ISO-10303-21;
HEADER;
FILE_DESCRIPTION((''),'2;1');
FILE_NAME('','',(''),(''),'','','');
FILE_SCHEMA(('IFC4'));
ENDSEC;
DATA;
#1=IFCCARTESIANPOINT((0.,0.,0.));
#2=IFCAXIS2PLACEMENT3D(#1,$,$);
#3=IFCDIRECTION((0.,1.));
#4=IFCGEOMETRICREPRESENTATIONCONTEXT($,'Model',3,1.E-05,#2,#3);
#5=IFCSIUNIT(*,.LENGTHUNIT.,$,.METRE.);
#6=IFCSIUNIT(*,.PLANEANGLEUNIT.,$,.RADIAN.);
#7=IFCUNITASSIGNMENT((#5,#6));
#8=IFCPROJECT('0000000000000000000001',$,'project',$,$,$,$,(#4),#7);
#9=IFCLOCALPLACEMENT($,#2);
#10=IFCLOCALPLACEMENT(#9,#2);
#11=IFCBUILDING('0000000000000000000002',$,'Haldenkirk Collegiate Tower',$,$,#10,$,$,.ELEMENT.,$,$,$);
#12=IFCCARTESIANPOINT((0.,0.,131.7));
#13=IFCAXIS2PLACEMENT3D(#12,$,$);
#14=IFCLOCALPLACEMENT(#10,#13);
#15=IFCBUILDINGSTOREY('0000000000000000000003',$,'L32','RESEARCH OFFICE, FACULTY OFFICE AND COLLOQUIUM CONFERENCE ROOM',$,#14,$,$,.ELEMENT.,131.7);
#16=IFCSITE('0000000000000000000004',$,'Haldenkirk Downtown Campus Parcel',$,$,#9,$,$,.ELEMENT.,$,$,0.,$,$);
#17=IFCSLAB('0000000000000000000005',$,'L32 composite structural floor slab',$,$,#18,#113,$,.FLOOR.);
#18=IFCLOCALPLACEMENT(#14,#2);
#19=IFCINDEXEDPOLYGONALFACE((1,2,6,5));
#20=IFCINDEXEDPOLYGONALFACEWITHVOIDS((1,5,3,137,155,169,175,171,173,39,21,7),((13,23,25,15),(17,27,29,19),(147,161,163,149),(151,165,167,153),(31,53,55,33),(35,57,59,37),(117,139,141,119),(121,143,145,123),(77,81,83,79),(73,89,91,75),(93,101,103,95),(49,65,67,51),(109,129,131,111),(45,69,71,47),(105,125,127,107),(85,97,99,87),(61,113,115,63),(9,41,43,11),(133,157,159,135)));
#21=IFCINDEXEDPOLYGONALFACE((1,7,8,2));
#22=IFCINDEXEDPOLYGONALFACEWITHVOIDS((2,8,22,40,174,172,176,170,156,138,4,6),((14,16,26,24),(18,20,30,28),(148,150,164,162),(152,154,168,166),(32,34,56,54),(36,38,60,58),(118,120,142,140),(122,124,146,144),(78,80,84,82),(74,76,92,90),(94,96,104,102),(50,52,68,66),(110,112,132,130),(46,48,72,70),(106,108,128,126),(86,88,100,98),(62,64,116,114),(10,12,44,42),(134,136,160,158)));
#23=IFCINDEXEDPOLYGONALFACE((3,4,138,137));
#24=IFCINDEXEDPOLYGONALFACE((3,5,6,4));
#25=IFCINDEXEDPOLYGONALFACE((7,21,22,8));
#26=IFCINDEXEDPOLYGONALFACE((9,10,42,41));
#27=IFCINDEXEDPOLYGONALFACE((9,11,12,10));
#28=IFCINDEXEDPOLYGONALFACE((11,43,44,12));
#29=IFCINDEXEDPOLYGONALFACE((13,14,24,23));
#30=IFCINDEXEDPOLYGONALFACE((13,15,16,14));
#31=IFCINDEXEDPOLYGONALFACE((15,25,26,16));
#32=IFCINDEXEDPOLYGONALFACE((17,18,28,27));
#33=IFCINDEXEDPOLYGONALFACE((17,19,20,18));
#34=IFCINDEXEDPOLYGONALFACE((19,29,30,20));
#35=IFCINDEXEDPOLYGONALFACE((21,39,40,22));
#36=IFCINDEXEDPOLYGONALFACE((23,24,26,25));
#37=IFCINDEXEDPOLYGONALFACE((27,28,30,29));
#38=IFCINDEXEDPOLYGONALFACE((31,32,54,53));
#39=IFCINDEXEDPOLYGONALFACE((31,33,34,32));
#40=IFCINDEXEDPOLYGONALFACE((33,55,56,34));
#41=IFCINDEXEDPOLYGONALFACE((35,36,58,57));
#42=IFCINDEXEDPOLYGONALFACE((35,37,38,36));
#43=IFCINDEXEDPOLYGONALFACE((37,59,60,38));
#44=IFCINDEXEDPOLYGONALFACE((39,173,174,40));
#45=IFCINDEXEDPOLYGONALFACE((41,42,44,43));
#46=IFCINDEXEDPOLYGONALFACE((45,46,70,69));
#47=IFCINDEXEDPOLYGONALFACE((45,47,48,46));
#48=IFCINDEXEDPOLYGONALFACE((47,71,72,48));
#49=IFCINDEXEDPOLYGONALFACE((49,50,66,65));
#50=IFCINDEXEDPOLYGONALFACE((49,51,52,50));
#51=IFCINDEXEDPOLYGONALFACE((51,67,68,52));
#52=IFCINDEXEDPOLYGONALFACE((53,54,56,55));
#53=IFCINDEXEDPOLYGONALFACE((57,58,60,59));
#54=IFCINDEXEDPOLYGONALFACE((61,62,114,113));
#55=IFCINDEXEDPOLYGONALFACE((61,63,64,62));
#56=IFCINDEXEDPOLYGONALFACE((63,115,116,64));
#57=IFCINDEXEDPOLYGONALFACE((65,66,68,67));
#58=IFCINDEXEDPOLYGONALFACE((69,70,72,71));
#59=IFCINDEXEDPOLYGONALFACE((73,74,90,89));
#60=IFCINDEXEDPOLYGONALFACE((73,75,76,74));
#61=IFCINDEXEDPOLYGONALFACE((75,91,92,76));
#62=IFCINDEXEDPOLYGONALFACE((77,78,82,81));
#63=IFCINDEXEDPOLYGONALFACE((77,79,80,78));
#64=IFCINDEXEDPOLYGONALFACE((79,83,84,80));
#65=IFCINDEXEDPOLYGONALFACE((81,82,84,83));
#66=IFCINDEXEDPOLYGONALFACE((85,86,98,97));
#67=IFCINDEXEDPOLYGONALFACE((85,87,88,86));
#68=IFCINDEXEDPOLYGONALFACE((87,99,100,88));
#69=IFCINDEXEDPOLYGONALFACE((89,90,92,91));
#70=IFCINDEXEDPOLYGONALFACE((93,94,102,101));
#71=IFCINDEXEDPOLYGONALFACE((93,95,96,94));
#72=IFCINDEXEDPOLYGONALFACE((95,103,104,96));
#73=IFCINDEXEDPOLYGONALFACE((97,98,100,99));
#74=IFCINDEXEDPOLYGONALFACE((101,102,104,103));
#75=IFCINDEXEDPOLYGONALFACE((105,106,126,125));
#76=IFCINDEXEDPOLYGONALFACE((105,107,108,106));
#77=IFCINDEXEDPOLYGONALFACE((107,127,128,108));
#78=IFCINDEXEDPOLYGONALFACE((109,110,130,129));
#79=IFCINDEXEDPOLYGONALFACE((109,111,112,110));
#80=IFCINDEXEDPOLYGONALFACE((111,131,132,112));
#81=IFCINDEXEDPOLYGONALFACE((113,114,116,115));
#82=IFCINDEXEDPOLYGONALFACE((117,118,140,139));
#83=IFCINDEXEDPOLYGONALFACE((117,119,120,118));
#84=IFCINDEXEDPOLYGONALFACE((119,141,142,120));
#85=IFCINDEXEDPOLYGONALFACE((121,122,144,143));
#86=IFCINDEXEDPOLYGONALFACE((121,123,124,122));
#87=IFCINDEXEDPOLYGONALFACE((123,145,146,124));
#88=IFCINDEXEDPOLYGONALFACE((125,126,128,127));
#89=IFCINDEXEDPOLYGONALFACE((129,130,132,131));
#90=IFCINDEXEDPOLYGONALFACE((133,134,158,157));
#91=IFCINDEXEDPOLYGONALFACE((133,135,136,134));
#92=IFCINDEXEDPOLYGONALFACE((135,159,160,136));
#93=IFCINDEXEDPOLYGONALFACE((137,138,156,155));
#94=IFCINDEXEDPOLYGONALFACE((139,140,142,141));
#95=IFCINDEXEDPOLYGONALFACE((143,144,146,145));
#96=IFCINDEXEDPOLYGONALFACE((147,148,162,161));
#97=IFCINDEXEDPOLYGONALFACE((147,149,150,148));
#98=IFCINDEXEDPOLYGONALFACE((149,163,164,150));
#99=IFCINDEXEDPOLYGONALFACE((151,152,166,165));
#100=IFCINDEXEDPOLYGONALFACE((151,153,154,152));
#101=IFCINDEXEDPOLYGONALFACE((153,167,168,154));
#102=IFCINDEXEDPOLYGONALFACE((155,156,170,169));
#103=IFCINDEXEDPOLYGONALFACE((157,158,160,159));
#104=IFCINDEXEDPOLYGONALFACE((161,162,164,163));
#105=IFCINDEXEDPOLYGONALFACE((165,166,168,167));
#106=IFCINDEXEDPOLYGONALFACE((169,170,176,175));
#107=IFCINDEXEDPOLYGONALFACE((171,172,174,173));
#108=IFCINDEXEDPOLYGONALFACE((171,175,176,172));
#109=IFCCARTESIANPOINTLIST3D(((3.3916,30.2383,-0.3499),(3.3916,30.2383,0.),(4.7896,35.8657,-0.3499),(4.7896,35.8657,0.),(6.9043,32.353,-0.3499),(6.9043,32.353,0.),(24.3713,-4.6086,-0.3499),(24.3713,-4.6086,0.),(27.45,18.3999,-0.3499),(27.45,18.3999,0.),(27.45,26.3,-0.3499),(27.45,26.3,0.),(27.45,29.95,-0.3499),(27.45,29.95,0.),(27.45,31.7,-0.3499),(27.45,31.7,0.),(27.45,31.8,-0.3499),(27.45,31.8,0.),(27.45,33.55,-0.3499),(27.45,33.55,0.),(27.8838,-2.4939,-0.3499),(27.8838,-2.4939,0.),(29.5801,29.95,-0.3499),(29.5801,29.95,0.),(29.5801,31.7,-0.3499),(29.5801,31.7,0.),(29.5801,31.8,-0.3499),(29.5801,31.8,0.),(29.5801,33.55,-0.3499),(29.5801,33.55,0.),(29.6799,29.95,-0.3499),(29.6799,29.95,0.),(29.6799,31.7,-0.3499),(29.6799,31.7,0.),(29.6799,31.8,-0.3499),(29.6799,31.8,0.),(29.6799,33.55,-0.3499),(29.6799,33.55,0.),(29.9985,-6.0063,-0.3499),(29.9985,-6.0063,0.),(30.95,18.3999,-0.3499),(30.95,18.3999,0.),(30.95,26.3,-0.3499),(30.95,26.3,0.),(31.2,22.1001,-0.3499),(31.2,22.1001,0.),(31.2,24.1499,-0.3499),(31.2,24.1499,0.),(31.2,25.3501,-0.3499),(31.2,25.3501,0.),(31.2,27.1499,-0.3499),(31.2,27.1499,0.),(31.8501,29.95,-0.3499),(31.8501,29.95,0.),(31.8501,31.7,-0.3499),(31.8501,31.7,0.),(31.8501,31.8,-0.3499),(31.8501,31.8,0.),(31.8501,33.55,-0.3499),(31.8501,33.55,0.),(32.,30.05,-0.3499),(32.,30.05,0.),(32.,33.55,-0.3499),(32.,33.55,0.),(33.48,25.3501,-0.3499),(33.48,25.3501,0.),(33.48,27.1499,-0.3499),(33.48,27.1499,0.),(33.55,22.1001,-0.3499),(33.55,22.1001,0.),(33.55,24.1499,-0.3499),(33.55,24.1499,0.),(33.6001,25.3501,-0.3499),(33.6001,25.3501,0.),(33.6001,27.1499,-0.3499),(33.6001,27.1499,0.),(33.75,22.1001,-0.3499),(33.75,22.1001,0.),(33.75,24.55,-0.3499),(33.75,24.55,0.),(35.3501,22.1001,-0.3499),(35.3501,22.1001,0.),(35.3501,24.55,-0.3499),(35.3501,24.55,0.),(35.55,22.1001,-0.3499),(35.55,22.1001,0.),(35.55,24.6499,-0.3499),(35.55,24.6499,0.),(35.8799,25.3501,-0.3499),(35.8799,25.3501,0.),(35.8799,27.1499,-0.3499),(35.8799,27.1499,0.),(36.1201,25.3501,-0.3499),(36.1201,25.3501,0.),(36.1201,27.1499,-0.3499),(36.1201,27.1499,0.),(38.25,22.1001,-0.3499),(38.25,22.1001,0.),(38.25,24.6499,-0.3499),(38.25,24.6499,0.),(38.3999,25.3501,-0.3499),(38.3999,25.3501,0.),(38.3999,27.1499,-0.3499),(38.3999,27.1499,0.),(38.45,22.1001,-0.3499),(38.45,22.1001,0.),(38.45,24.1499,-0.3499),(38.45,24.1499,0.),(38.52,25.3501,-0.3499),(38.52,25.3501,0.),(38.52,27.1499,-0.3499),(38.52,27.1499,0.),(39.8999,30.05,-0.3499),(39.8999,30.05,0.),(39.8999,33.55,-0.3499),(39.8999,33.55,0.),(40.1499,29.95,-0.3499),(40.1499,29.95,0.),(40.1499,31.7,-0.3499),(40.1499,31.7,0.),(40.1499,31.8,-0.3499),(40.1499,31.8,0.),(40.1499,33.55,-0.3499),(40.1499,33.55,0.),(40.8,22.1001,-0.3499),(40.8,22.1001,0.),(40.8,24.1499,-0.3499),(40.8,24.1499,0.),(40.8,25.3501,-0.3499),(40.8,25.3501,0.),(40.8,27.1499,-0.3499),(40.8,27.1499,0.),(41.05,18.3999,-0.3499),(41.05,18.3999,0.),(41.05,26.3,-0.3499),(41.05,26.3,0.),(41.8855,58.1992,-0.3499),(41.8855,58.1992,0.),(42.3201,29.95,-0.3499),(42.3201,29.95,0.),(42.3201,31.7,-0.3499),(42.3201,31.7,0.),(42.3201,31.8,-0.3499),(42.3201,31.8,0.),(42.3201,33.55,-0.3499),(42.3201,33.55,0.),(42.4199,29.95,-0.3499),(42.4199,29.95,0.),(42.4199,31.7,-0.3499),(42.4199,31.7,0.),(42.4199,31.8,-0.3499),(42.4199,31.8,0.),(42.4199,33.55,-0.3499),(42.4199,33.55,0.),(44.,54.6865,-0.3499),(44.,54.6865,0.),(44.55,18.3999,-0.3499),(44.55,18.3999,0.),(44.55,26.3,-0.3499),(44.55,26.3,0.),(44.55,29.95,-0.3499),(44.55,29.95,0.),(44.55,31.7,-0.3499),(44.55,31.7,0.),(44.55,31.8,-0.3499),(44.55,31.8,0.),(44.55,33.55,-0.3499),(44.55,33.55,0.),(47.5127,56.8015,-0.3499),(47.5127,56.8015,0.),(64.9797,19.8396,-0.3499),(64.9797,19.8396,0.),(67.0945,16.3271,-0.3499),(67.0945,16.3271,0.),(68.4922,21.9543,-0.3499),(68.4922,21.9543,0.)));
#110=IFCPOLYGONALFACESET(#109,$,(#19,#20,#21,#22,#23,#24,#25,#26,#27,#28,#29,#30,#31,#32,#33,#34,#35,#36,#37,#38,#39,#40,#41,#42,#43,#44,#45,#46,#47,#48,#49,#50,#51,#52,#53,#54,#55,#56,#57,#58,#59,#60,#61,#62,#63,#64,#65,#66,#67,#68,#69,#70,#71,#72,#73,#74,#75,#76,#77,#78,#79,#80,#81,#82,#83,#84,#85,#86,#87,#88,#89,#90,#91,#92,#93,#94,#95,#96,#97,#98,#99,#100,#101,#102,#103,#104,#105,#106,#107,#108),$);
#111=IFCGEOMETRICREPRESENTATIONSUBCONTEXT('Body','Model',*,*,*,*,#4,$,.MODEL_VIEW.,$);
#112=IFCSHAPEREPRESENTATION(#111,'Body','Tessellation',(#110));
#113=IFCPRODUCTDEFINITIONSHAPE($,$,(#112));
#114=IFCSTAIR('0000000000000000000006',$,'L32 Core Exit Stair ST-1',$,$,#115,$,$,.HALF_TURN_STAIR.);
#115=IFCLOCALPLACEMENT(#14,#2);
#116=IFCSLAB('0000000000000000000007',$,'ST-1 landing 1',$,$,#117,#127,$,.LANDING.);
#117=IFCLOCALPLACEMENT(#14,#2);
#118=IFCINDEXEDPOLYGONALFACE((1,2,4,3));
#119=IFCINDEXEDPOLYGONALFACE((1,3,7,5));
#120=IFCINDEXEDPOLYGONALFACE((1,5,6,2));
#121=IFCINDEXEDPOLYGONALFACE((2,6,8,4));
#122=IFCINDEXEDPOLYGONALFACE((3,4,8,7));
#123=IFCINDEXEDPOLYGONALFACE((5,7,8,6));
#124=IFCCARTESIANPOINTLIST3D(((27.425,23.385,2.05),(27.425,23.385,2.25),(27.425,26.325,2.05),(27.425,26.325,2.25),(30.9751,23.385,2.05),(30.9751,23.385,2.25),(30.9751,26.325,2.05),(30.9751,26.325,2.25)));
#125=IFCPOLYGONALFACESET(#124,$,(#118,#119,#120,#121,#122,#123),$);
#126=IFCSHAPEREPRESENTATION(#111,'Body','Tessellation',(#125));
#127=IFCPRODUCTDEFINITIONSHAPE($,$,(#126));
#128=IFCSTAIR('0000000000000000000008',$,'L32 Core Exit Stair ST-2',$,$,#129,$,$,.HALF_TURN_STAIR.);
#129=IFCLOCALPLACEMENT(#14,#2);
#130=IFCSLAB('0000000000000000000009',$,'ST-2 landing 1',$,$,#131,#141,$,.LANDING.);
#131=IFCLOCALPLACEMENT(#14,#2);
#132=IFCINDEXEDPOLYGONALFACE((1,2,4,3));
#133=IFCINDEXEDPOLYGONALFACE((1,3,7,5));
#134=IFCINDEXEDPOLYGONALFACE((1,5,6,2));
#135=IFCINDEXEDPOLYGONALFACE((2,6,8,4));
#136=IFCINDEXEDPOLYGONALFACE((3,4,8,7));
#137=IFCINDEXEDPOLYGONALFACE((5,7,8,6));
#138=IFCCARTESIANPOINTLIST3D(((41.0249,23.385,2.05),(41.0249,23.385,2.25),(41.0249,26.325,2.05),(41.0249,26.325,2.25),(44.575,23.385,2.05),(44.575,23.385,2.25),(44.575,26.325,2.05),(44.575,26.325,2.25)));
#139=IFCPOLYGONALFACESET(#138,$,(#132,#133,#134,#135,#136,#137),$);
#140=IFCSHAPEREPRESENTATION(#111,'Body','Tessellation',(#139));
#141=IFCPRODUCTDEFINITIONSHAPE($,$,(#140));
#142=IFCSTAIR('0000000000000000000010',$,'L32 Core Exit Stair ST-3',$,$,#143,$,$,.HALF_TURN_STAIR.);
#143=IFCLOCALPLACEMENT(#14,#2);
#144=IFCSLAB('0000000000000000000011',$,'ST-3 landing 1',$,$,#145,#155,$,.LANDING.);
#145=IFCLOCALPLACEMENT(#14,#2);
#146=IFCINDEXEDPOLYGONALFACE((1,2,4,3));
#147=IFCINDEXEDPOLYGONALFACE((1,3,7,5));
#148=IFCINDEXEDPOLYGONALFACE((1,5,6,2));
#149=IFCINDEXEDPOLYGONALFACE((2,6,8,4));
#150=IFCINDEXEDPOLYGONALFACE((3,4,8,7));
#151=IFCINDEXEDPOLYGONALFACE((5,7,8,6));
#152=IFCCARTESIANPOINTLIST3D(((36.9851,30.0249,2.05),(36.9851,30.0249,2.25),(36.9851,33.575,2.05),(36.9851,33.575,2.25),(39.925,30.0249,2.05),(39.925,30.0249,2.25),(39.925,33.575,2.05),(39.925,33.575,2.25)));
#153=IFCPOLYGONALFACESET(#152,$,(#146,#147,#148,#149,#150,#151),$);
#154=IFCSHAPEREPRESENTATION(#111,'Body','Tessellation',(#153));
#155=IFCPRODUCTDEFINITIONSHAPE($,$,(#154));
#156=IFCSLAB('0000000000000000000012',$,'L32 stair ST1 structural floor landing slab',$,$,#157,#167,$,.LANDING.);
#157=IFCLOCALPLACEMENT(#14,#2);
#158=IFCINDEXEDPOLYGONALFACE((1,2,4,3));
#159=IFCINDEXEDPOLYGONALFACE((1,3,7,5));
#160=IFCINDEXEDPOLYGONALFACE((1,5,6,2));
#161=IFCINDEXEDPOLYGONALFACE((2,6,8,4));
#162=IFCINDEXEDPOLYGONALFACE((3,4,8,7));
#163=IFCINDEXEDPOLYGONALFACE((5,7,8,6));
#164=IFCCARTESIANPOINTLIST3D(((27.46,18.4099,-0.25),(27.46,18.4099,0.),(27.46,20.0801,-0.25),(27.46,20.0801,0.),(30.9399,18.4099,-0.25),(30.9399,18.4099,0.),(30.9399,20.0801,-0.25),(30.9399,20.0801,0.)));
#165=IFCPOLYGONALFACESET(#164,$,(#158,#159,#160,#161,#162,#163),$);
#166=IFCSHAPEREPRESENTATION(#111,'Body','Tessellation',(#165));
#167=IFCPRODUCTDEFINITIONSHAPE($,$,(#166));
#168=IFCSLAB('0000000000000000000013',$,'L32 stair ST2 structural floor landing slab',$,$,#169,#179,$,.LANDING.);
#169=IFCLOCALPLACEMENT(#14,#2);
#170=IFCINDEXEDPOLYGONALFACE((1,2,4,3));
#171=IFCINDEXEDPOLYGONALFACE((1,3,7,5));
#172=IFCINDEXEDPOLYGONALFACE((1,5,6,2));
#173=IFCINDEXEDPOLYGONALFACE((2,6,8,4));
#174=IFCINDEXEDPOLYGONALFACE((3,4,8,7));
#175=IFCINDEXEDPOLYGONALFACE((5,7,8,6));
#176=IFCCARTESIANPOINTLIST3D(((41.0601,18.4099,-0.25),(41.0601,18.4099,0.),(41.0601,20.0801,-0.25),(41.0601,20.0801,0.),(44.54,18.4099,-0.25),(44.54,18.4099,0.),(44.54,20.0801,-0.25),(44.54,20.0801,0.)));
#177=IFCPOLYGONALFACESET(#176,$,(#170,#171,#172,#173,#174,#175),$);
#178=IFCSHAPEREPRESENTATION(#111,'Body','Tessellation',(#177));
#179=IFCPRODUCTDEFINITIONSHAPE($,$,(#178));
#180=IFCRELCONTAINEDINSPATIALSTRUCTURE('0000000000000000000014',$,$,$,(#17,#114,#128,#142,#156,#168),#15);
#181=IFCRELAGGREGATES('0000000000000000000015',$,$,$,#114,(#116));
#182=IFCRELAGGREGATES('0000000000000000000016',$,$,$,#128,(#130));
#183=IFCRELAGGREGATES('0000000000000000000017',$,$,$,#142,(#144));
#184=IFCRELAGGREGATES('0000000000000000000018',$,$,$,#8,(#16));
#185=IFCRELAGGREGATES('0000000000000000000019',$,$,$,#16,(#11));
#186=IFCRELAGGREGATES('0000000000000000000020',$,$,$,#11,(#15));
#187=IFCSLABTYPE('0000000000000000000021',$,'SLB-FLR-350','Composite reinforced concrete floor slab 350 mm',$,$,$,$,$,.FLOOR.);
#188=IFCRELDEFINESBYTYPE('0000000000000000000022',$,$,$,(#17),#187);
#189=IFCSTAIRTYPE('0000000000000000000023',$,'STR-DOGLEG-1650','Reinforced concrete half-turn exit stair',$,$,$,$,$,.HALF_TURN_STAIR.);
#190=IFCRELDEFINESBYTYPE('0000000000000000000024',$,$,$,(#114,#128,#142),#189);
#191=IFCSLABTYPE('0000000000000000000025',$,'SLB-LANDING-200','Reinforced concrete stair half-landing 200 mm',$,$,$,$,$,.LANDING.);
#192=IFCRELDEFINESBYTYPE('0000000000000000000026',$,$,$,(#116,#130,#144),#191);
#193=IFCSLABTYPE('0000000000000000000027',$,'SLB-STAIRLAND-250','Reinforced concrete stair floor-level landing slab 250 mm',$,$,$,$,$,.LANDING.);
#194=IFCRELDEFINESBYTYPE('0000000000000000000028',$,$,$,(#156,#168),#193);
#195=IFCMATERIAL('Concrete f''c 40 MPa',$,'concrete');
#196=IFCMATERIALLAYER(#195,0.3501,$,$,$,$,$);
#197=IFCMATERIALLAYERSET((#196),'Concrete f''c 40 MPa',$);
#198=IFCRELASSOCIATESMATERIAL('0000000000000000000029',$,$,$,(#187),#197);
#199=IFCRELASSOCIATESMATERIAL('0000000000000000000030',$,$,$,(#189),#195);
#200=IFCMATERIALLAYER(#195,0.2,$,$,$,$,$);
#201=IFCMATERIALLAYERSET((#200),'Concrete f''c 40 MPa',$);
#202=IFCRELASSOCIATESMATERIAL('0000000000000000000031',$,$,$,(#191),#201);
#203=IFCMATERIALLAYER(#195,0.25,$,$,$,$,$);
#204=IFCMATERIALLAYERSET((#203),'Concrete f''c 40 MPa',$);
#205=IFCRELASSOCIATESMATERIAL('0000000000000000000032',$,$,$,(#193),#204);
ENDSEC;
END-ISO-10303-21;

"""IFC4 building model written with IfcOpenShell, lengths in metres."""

from ifc_helpers import new_model, si_unit, direction, frame, origin, place, context, subcontext, project, spatial, polyline, outline, extrude, material, layer, layer_set, type_object, element, aggregate, save


model = new_model("IFC4")

# Units and contexts
model_context = context("Model", 3, precision=1e-05, world=origin(), true_north=direction((0.0, 1.0)))
body_context = subcontext(model_context, "Body", "Model", "MODEL_VIEW")
ifc_project = project(units=[si_unit("LENGTHUNIT", "METRE"), si_unit("PLANEANGLEUNIT", "RADIAN")], contexts=[model_context])

# Site, building, storey
site_placement = place(None, origin())
site = spatial("IfcSite", under=ifc_project, at=site_placement, Name="Haldenkirk Downtown Campus Parcel", CompositionType="ELEMENT", RefElevation=0.0)
building_placement = place(site_placement, origin())
building = spatial("IfcBuilding", under=site, at=building_placement, Name="Haldenkirk Collegiate Tower", CompositionType="ELEMENT")
storey_placement = place(building_placement, frame((0.0, 0.0, 131.7)))
storey = spatial("IfcBuildingStorey", under=building, at=storey_placement, Name="L32", Description="RESEARCH OFFICE, FACULTY OFFICE AND COLLOQUIUM CONFERENCE ROOM", CompositionType="ELEMENT", Elevation=131.7)

# Slab
ifc_material_1 = material(Name="Concrete f'c 40 MPa", Category="concrete")
ifc_layer_1 = layer(ifc_material_1, 0.3501)
ifc_layer_set_1 = layer_set([ifc_layer_1], Name="Concrete f'c 40 MPa")
slab_type_1 = type_object("IfcSlabType", Name="SLB-FLR-350", Description="Composite reinforced concrete floor slab 350 mm", PredefinedType="FLOOR", material=ifc_layer_set_1)
slab_1_placement = place(storey_placement, frame((0.0, 0.0, -0.3499)))
element("IfcSlab", 1, at=slab_1_placement, inside=storey, type_object=slab_type_1, Name="L32 composite structural floor slab", PredefinedType="FLOOR", context=body_context, shape_type="SweptSolid", body=[
    extrude(outline(polyline([(29.9985, -6.0063), (67.0945, 16.3271), (64.9797, 19.8396), (68.4922, 21.9543), (47.5127, 56.8015), (44.0, 54.6865), (41.8855, 58.1992), (4.7896, 35.8657), (6.9043, 32.353), (3.3916, 30.2383), (24.3713, -4.6086), (27.8838, -2.4939), (29.9985, -6.0063)]), holes=[polyline([(27.45, 18.3999), (30.95, 18.3999), (30.95, 26.3), (27.45, 26.3), (27.45, 18.3999)]), polyline([(41.05, 18.3999), (44.55, 18.3999), (44.55, 26.3), (41.05, 26.3), (41.05, 18.3999)]), polyline([(32.0, 30.05), (39.8999, 30.05), (39.8999, 33.55), (32.0, 33.55), (32.0, 30.05)]), polyline([(33.75, 22.1001), (35.3501, 22.1001), (35.3501, 24.55), (33.75, 24.55), (33.75, 22.1001)]), polyline([(27.45, 29.95), (29.5801, 29.95), (29.5801, 31.7), (27.45, 31.7), (27.45, 29.95)]), polyline([(29.6799, 29.95), (31.8501, 29.95), (31.8501, 31.7), (29.6799, 31.7), (29.6799, 29.95)]), polyline([(27.45, 31.8), (29.5801, 31.8), (29.5801, 33.55), (27.45, 33.55), (27.45, 31.8)]), polyline([(29.6799, 31.8), (31.8501, 31.8), (31.8501, 33.55), (29.6799, 33.55), (29.6799, 31.8)]), polyline([(40.1499, 29.95), (42.3201, 29.95), (42.3201, 31.7), (40.1499, 31.7), (40.1499, 29.95)]), polyline([(42.4199, 29.95), (44.55, 29.95), (44.55, 31.7), (42.4199, 31.7), (42.4199, 29.95)]), polyline([(40.1499, 31.8), (42.3201, 31.8), (42.3201, 33.55), (40.1499, 33.55), (40.1499, 31.8)]), polyline([(42.4199, 31.8), (44.55, 31.8), (44.55, 33.55), (42.4199, 33.55), (42.4199, 31.8)]), polyline([(31.2, 25.3501), (33.48, 25.3501), (33.48, 27.1499), (31.2, 27.1499), (31.2, 25.3501)]), polyline([(33.6001, 25.3501), (35.8799, 25.3501), (35.8799, 27.1499), (33.6001, 27.1499), (33.6001, 25.3501)]), polyline([(36.1201, 25.3501), (38.3999, 25.3501), (38.3999, 27.1499), (36.1201, 27.1499), (36.1201, 25.3501)]), polyline([(38.52, 25.3501), (40.8, 25.3501), (40.8, 27.1499), (38.52, 27.1499), (38.52, 25.3501)]), polyline([(31.2, 22.1001), (33.55, 22.1001), (33.55, 24.1499), (31.2, 24.1499), (31.2, 22.1001)]), polyline([(38.45, 22.1001), (40.8, 22.1001), (40.8, 24.1499), (38.45, 24.1499), (38.45, 22.1001)]), polyline([(35.55, 22.1001), (38.25, 22.1001), (38.25, 24.6499), (35.55, 24.6499), (35.55, 22.1001)])]), origin(), (0.0, 0.0, 1.0), 0.3499),
])

# Stairs, slabs
stair_type = type_object("IfcStairType", Name="STR-DOGLEG-1650", Description="Reinforced concrete half-turn exit stair", PredefinedType="HALF_TURN_STAIR", material=ifc_material_1)
stair_1_placement = place(storey_placement, origin())
stair_1 = element("IfcStair", 2, at=stair_1_placement, inside=storey, type_object=stair_type, Name="L32 Core Exit Stair ST-1", PredefinedType="HALF_TURN_STAIR")
ifc_layer_2 = layer(ifc_material_1, 0.2)
ifc_layer_set_2 = layer_set([ifc_layer_2], Name="Concrete f'c 40 MPa")
slab_type_2 = type_object("IfcSlabType", Name="SLB-LANDING-200", Description="Reinforced concrete stair half-landing 200 mm", PredefinedType="LANDING", material=ifc_layer_set_2)
slab_2_placement = place(storey_placement, frame((0.0, 0.0, 2.05)))
slab_2 = element("IfcSlab", 3, at=slab_2_placement, type_object=slab_type_2, Name="ST-1 landing 1", PredefinedType="LANDING", context=body_context, shape_type="SweptSolid", body=[
    extrude(outline(polyline([(30.9751, 23.385), (27.425, 23.385), (27.425, 26.325), (30.9751, 26.325), (30.9751, 23.385)])), origin(), (0.0, 0.0, 1.0), 0.2),
])
aggregate(stair_1, [slab_2])
stair_2_placement = place(storey_placement, origin())
stair_2 = element("IfcStair", 4, at=stair_2_placement, inside=storey, type_object=stair_type, Name="L32 Core Exit Stair ST-2", PredefinedType="HALF_TURN_STAIR")
slab_3_placement = place(storey_placement, frame((0.0, 0.0, 2.05)))
slab_3 = element("IfcSlab", 5, at=slab_3_placement, type_object=slab_type_2, Name="ST-2 landing 1", PredefinedType="LANDING", context=body_context, shape_type="SweptSolid", body=[
    extrude(outline(polyline([(44.575, 23.385), (41.0249, 23.385), (41.0249, 26.325), (44.575, 26.325), (44.575, 23.385)])), origin(), (0.0, 0.0, 1.0), 0.2),
])
aggregate(stair_2, [slab_3])
stair_3_placement = place(storey_placement, origin())
stair_3 = element("IfcStair", 6, at=stair_3_placement, inside=storey, type_object=stair_type, Name="L32 Core Exit Stair ST-3", PredefinedType="HALF_TURN_STAIR")
slab_4_placement = place(storey_placement, frame((0.0, 0.0, 2.05)))
slab_4 = element("IfcSlab", 7, at=slab_4_placement, type_object=slab_type_2, Name="ST-3 landing 1", PredefinedType="LANDING", context=body_context, shape_type="SweptSolid", body=[
    extrude(outline(polyline([(36.9851, 30.0249), (36.9851, 33.575), (39.925, 33.575), (39.925, 30.0249), (36.9851, 30.0249)])), origin(), (0.0, 0.0, 1.0), 0.2),
])
aggregate(stair_3, [slab_4])

# Slabs
ifc_layer_3 = layer(ifc_material_1, 0.25)
ifc_layer_set_3 = layer_set([ifc_layer_3], Name="Concrete f'c 40 MPa")
slab_type_3 = type_object("IfcSlabType", Name="SLB-STAIRLAND-250", Description="Reinforced concrete stair floor-level landing slab 250 mm", PredefinedType="LANDING", material=ifc_layer_set_3)
slab_5_placement = place(storey_placement, frame((0.0, 0.0, -0.25)))
element("IfcSlab", 8, at=slab_5_placement, inside=storey, type_object=slab_type_3, Name="L32 stair ST1 structural floor landing slab", PredefinedType="LANDING", context=body_context, shape_type="SweptSolid", body=[
    extrude(outline(polyline([(27.46, 18.4099), (30.9399, 18.4099), (30.9399, 20.0801), (27.46, 20.0801), (27.46, 18.4099)])), origin(), (0.0, 0.0, 1.0), 0.25),
])
slab_6_placement = place(storey_placement, frame((0.0, 0.0, -0.25)))
element("IfcSlab", 9, at=slab_6_placement, inside=storey, type_object=slab_type_3, Name="L32 stair ST2 structural floor landing slab", PredefinedType="LANDING", context=body_context, shape_type="SweptSolid", body=[
    extrude(outline(polyline([(41.0601, 18.4099), (44.54, 18.4099), (44.54, 20.0801), (41.0601, 20.0801), (41.0601, 18.4099)])), origin(), (0.0, 0.0, 1.0), 0.25),
])

save(model, "model.ifc")
